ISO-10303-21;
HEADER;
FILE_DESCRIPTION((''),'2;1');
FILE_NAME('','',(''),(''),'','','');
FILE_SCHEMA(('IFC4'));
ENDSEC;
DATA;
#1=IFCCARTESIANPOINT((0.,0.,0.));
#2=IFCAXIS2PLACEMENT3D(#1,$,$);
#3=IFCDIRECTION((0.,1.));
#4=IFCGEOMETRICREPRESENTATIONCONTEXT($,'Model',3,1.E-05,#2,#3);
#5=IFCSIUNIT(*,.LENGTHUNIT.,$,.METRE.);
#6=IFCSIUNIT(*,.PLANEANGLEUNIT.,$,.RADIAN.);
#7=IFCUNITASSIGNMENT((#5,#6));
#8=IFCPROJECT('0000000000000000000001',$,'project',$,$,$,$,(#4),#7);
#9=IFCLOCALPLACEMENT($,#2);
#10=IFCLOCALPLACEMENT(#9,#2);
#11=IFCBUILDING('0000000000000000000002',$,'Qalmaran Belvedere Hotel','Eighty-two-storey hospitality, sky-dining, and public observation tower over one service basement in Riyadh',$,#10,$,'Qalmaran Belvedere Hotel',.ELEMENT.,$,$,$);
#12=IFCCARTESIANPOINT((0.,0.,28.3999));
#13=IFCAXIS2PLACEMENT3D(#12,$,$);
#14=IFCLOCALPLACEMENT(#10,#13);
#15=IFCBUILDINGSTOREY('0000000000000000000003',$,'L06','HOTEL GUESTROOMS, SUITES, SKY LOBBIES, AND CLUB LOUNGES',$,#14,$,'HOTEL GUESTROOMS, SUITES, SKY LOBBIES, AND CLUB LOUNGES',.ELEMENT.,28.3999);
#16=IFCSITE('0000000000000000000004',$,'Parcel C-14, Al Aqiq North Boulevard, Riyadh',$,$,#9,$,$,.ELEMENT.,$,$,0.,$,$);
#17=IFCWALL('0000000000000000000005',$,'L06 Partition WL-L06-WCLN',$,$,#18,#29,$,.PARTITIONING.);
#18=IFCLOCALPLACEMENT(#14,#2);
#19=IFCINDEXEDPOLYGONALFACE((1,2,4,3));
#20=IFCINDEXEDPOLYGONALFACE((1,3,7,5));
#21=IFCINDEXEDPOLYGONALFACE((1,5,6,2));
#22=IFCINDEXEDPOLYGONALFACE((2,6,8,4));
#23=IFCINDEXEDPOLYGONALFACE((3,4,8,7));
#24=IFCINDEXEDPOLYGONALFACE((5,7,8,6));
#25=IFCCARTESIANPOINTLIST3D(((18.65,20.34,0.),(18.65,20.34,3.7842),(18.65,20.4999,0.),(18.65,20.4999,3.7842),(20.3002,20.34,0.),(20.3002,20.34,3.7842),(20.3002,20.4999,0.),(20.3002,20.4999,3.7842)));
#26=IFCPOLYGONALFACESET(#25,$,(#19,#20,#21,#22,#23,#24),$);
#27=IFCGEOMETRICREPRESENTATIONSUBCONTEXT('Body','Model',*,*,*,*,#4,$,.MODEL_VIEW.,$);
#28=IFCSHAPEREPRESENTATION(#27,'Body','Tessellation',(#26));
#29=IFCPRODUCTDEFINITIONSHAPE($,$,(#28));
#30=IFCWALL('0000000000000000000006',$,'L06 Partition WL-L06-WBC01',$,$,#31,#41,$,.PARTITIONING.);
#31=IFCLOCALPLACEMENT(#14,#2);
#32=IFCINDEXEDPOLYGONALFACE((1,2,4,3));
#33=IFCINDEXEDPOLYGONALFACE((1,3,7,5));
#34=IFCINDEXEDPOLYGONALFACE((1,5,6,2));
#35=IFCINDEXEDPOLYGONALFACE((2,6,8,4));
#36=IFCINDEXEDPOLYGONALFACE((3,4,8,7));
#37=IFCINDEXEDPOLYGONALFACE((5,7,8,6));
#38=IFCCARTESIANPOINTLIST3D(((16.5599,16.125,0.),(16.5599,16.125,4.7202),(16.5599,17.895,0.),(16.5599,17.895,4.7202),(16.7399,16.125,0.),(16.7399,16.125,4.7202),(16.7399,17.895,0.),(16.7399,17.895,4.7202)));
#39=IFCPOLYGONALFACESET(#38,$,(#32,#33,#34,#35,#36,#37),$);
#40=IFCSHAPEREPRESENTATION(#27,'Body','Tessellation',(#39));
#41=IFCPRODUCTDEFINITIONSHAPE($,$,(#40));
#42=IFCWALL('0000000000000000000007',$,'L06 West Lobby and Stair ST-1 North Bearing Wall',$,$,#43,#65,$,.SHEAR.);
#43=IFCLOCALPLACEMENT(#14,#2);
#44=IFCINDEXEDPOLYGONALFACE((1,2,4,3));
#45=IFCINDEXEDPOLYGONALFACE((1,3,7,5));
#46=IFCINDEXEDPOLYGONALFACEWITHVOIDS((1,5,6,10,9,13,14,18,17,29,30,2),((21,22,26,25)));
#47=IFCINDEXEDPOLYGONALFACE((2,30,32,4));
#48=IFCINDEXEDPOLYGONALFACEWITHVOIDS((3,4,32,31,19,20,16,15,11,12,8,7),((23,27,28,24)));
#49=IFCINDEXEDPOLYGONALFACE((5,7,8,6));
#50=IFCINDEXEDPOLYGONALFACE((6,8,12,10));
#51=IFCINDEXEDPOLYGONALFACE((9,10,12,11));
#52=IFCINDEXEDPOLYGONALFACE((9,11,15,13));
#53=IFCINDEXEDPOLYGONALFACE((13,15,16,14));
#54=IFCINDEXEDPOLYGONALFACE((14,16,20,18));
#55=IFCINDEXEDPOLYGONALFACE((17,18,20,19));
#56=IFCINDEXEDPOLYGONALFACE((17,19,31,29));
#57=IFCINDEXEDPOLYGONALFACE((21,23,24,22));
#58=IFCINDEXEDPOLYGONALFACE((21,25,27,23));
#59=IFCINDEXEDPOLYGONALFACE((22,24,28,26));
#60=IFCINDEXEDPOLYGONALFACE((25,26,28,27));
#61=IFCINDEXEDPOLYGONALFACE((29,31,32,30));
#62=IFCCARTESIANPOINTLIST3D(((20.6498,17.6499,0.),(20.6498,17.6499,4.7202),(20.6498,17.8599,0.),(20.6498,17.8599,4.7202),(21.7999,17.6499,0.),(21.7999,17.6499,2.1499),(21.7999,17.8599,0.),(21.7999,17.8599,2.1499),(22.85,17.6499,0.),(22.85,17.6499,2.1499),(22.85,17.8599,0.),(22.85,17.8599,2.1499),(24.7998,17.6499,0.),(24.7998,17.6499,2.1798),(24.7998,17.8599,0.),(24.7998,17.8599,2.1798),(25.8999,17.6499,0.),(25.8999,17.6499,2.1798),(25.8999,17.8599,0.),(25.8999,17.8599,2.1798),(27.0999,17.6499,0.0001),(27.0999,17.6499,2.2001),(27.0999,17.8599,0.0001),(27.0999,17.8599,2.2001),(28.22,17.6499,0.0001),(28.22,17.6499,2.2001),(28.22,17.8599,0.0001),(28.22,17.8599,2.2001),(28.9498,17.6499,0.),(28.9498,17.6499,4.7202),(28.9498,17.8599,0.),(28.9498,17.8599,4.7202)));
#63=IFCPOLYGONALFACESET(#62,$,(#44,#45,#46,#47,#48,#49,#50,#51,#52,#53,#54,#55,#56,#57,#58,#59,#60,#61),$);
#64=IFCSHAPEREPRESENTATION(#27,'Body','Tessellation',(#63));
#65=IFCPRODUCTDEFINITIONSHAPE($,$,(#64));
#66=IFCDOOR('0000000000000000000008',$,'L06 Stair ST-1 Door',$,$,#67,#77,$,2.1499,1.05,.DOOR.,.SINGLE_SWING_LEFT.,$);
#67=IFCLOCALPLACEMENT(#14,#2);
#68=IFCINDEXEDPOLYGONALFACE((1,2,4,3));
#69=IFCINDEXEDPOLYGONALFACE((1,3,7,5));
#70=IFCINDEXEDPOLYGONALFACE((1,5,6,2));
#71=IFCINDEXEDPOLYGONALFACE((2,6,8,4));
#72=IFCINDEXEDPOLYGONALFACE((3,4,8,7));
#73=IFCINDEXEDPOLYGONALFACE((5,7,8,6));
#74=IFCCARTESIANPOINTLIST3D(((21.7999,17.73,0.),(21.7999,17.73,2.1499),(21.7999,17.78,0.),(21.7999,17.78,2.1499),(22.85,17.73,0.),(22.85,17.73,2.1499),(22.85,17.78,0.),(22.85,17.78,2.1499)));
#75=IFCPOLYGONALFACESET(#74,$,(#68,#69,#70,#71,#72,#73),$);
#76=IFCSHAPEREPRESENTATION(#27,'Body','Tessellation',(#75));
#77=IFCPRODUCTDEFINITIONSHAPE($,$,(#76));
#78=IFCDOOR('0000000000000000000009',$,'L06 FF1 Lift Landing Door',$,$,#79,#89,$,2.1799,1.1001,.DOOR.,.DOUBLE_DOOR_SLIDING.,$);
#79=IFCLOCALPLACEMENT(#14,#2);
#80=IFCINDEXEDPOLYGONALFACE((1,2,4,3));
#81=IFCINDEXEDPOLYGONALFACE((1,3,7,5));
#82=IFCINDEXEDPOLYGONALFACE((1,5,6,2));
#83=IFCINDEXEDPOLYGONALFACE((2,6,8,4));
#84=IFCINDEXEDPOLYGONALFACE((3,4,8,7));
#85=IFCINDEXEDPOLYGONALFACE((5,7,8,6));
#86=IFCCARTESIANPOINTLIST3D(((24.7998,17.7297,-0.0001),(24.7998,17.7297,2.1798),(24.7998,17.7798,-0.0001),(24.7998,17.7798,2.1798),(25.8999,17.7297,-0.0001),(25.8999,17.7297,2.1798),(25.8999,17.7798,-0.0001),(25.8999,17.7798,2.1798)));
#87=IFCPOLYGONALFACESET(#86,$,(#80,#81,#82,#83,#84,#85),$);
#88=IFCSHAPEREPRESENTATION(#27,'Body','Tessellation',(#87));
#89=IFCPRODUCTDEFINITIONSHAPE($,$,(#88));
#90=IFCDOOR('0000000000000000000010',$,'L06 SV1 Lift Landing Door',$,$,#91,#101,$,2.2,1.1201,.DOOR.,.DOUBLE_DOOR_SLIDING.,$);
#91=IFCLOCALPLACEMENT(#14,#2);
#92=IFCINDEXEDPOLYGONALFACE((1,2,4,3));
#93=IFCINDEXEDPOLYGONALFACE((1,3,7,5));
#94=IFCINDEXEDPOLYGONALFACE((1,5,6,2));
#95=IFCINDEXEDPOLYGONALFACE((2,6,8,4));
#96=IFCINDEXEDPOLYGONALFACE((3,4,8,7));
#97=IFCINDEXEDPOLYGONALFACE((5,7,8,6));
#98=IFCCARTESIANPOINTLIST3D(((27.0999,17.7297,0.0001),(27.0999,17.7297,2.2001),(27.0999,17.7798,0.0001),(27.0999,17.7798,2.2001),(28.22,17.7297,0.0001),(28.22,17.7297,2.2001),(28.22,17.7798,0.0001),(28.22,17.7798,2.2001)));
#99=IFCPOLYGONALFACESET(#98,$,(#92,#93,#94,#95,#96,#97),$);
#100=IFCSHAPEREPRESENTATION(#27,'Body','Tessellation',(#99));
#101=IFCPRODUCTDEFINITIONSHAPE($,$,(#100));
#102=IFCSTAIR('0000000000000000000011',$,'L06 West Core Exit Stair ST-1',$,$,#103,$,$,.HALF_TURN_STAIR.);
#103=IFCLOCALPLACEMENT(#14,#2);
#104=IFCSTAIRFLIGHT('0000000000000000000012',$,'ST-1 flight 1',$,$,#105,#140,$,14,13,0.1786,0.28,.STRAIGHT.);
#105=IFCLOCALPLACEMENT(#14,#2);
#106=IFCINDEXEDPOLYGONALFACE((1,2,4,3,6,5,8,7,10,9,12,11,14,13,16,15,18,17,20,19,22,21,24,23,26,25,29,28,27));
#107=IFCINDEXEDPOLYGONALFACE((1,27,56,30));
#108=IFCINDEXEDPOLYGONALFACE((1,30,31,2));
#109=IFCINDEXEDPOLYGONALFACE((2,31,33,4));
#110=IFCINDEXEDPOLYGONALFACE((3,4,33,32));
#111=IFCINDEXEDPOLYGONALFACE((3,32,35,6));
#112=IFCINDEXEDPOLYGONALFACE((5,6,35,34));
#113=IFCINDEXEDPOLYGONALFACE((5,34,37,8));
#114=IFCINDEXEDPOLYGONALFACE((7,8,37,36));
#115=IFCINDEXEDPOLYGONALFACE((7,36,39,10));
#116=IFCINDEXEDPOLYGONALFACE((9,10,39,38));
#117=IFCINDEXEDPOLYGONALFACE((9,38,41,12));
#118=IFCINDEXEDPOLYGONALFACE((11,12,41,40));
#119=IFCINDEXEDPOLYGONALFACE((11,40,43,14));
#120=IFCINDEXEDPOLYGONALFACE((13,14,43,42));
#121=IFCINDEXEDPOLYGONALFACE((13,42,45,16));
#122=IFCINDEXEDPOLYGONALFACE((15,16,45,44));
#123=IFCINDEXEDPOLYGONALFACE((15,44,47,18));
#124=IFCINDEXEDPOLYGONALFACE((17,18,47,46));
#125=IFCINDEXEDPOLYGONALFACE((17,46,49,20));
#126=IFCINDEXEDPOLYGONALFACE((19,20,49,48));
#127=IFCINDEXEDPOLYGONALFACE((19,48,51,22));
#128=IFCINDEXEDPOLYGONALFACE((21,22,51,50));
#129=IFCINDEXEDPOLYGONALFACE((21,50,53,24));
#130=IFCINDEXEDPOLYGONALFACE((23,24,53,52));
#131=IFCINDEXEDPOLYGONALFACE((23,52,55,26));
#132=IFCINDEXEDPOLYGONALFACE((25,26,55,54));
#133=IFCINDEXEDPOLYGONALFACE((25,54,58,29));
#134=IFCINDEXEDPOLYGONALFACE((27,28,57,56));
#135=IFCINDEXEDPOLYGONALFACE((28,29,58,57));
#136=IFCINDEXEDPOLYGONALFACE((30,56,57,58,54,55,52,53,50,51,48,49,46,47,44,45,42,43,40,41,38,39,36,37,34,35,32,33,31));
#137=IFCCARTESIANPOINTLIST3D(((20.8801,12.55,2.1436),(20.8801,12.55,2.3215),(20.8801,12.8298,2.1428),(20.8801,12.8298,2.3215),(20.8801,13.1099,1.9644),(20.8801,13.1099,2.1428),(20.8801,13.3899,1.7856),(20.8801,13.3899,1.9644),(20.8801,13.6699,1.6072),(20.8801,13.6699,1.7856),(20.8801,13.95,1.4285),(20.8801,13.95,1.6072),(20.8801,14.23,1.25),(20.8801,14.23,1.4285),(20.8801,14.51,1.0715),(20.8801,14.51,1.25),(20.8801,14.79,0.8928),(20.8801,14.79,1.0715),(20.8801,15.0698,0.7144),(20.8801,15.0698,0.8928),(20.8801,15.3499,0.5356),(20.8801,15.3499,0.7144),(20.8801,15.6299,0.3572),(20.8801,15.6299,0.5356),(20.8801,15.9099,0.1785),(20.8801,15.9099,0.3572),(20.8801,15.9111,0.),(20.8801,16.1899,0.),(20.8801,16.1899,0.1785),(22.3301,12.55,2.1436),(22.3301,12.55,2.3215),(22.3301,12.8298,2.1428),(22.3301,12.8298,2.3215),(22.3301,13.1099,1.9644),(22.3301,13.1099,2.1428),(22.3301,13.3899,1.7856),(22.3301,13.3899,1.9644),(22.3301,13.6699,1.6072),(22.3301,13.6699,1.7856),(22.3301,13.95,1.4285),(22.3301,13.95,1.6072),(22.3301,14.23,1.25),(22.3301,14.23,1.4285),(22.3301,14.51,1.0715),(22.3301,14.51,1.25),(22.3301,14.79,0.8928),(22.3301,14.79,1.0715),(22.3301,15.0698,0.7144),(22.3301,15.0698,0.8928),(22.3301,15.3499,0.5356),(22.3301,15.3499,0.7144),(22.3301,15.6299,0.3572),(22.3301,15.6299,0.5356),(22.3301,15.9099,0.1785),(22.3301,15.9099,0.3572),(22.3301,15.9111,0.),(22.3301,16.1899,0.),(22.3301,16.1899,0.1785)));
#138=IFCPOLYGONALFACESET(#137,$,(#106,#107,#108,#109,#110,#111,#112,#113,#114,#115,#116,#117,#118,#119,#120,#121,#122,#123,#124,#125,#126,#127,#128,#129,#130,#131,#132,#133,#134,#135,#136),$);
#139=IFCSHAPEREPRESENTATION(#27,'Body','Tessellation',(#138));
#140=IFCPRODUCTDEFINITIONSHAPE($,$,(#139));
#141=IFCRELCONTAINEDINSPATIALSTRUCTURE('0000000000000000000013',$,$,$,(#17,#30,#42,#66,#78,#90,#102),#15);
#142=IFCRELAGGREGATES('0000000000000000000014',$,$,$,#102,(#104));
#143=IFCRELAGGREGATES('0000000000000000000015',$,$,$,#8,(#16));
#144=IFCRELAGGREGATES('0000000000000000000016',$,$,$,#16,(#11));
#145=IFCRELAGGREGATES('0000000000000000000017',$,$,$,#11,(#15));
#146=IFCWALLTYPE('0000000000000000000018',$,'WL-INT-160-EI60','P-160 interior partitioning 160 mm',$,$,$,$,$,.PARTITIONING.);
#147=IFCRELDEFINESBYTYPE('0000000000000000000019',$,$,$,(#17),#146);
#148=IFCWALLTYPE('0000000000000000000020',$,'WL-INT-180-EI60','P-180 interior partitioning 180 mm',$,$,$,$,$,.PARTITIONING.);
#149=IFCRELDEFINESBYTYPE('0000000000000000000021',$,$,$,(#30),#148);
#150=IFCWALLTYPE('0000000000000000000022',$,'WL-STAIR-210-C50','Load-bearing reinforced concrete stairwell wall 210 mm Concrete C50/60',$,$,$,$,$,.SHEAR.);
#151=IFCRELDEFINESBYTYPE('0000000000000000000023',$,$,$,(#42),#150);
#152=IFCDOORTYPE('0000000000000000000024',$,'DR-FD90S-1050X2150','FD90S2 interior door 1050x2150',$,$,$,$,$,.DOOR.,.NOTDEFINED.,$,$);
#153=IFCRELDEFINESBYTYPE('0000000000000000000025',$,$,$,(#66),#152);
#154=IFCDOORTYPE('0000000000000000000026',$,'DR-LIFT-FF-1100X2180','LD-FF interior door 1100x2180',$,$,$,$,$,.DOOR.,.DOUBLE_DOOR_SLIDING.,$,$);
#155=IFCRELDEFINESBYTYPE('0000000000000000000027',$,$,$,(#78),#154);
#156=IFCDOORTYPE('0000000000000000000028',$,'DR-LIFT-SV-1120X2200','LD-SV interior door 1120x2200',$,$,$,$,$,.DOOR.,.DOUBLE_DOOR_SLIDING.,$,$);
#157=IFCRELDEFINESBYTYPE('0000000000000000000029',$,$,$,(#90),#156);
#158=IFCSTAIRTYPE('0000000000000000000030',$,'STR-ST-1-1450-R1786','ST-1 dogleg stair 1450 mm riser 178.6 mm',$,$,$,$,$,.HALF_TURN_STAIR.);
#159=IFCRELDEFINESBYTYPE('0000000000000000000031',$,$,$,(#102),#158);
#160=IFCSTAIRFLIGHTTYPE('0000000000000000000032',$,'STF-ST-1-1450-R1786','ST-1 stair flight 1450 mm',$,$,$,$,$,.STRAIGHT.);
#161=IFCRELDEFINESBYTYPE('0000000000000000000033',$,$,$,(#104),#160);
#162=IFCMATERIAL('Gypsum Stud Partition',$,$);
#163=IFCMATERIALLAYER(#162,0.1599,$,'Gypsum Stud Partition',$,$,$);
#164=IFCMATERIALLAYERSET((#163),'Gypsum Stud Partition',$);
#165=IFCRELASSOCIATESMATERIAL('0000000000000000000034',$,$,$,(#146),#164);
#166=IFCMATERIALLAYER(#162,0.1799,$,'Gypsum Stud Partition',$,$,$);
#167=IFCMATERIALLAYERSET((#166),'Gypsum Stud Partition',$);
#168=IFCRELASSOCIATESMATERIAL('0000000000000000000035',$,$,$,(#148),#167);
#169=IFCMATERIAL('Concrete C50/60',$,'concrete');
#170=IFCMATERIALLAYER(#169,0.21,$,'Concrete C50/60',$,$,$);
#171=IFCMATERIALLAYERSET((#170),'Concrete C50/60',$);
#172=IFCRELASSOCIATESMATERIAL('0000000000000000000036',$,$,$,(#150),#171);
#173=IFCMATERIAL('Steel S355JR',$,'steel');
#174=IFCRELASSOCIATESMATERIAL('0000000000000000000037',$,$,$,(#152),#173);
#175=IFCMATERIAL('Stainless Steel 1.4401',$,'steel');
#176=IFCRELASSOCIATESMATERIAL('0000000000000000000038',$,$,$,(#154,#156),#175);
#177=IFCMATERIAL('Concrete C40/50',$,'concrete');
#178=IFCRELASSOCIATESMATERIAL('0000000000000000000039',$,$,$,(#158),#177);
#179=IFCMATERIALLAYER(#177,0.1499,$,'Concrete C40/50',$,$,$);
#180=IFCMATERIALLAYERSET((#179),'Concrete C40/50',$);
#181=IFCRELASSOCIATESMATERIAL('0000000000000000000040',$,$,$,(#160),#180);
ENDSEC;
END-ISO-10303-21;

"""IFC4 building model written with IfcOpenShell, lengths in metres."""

from ifc_helpers import new_model, si_unit, direction, frame, frame_2d, origin, place, context, subcontext, project, spatial, polyline, rectangle, outline, extrude, material, layer, layer_set, type_object, element, fill, aggregate, save


model = new_model("IFC4")

# Units and contexts
model_context = context("Model", 3, precision=1e-05, world=origin(), true_north=direction((0.0, 1.0)))
body_context = subcontext(model_context, "Body", "Model", "MODEL_VIEW")
ifc_project = project(units=[si_unit("LENGTHUNIT", "METRE"), si_unit("PLANEANGLEUNIT", "RADIAN")], contexts=[model_context])

# Site, building, storey
site_placement = place(None, origin())
site = spatial("IfcSite", under=ifc_project, at=site_placement, Name="Parcel C-14, Al Aqiq North Boulevard, Riyadh", CompositionType="ELEMENT", RefElevation=0.0)
building_placement = place(site_placement, origin())
building = spatial("IfcBuilding", under=site, at=building_placement, Name="Qalmaran Belvedere Hotel", Description="Eighty-two-storey hospitality, sky-dining, and public observation tower over one service basement in Riyadh", LongName="Qalmaran Belvedere Hotel", CompositionType="ELEMENT")
storey_placement = place(building_placement, frame((0.0, 0.0, 28.3999)))
storey = spatial("IfcBuildingStorey", under=building, at=storey_placement, Name="L06", Description="HOTEL GUESTROOMS, SUITES, SKY LOBBIES, AND CLUB LOUNGES", LongName="HOTEL GUESTROOMS, SUITES, SKY LOBBIES, AND CLUB LOUNGES", CompositionType="ELEMENT", Elevation=28.3999)

# Wall
ifc_material_1 = material(Name="Gypsum Stud Partition")
ifc_layer_1 = layer(ifc_material_1, 0.1599, Name="Gypsum Stud Partition")
ifc_layer_set_1 = layer_set([ifc_layer_1], Name="Gypsum Stud Partition")
wall_type_1 = type_object("IfcWallType", Name="WL-INT-160-EI60", Description="P-160 interior partitioning 160 mm", PredefinedType="PARTITIONING", material=ifc_layer_set_1)
wall_1_placement = place(storey_placement, frame((18.6499, 20.4199, 0.0), z_axis=(0.0, 0.0, 1.0), x_axis=(1.0, 0.0, 0.0)))
element("IfcWall", 1, at=wall_1_placement, inside=storey, type_object=wall_type_1, Name="L06 Partition WL-L06-WCLN", PredefinedType="PARTITIONING", context=body_context, shape_type="SweptSolid", body=[
    extrude(rectangle(XDim=1.6501, YDim=0.1599, at=frame_2d((0.8252, 0.0))), origin(), (0.0, 0.0, 1.0), 3.7842),
])

# Shared definitions
ifc_layer_2 = layer(ifc_material_1, 0.1799, Name="Gypsum Stud Partition")
ifc_layer_set_2 = layer_set([ifc_layer_2], Name="Gypsum Stud Partition")
wall_type_2 = type_object("IfcWallType", Name="WL-INT-180-EI60", Description="P-180 interior partitioning 180 mm", PredefinedType="PARTITIONING", material=ifc_layer_set_2)

# Wall
wall_2_placement = place(storey_placement, frame((16.6499, 16.125, 0.0), z_axis=(0.0, 0.0, 1.0), x_axis=(0.0, 1.0, 0.0)))
element("IfcWall", 2, at=wall_2_placement, inside=storey, type_object=wall_type_2, Name="L06 Partition WL-L06-WBC01", PredefinedType="PARTITIONING", context=body_context, shape_type="SweptSolid", body=[
    extrude(rectangle(XDim=1.77, YDim=0.1799, at=frame_2d((0.885, 0.0))), origin(), (0.0, 0.0, 1.0), 4.7202),
])

# Shared definitions
ifc_material_2 = material(Name="Steel S355JR", Category="steel")

# Wall, openings, doors
ifc_material_3 = material(Name="Concrete C50/60", Category="concrete")
ifc_layer_3 = layer(ifc_material_3, 0.21, Name="Concrete C50/60")
ifc_layer_set_3 = layer_set([ifc_layer_3], Name="Concrete C50/60")
wall_type_3 = type_object("IfcWallType", Name="WL-STAIR-210-C50", Description="Load-bearing reinforced concrete stairwell wall 210 mm Concrete C50/60", PredefinedType="SHEAR", material=ifc_layer_set_3)
wall_3_placement = place(storey_placement, frame((20.6499, 17.7549, 0.0), z_axis=(0.0, 0.0, 1.0), x_axis=(1.0, 0.0, 0.0)))
wall_3 = element("IfcWall", 3, at=wall_3_placement, inside=storey, type_object=wall_type_3, Name="L06 West Lobby and Stair ST-1 North Bearing Wall", PredefinedType="SHEAR", context=body_context, shape_type="SweptSolid", body=[
    extrude(rectangle(XDim=8.3, YDim=0.21, at=frame_2d((4.1499, 0.0))), origin(), (0.0, 0.0, 1.0), 4.7202),
])
opening_1_placement = place(wall_3_placement, frame((2.2, 0.0, 0.0), z_axis=(0.0, 0.0, 1.0), x_axis=(-1.0, 0.0, 0.0)))
opening_1 = element("IfcOpeningElement", 4, at=opening_1_placement, cuts=wall_3, PredefinedType="OPENING", context=body_context, shape_type="SweptSolid", body=[
    extrude(rectangle(XDim=1.05, YDim=2.1499, at=frame_2d((0.5249, 1.075))), frame((0.0, 0.115, 0.0), z_axis=(0.0, -1.0, 0.0), x_axis=(1.0, 0.0, 0.0)), (0.0, 0.0, 1.0), 0.23),
])
opening_2_placement = place(wall_3_placement, frame((4.1499, 0.0, 0.0)))
opening_2 = element("IfcOpeningElement", 5, at=opening_2_placement, cuts=wall_3, PredefinedType="OPENING", context=body_context, shape_type="SweptSolid", body=[
    extrude(rectangle(XDim=1.1001, YDim=2.1799, at=frame_2d((0.55, 1.0898))), frame((0.0, 0.115, 0.0), z_axis=(0.0, -1.0, 0.0), x_axis=(1.0, 0.0, 0.0)), (0.0, 0.0, 1.0), 0.23),
])
opening_3_placement = place(wall_3_placement, frame((6.45, 0.0, 0.0)))
opening_3 = element("IfcOpeningElement", 6, at=opening_3_placement, cuts=wall_3, PredefinedType="OPENING", context=body_context, shape_type="SweptSolid", body=[
    extrude(rectangle(XDim=1.1201, YDim=2.2, at=frame_2d((0.5601, 1.1001))), frame((0.0, 0.115, 0.0), z_axis=(0.0, -1.0, 0.0), x_axis=(1.0, 0.0, 0.0)), (0.0, 0.0, 1.0), 0.23),
])
door_type_1 = type_object("IfcDoorType", Name="DR-FD90S-1050X2150", Description="FD90S2 interior door 1050x2150", OperationType="NOTDEFINED", PredefinedType="DOOR", material=ifc_material_2)
door_1_placement = place(opening_1_placement, origin())
door_1 = element("IfcDoor", 7, at=door_1_placement, inside=storey, type_object=door_type_1, Name="L06 Stair ST-1 Door", OperationType="SINGLE_SWING_LEFT", OverallHeight=2.1499, OverallWidth=1.05, PredefinedType="DOOR", context=body_context, shape_type="SweptSolid", body=[
    extrude(rectangle(XDim=1.05, YDim=2.1499, at=frame_2d((0.5249, 1.075))), frame((0.0, 0.0249, 0.0), z_axis=(0.0, -1.0, 0.0), x_axis=(1.0, 0.0, 0.0)), (0.0, 0.0, 1.0), 0.05),
])
fill(opening_1, door_1)
ifc_material_4 = material(Name="Stainless Steel 1.4401", Category="steel")
door_type_2 = type_object("IfcDoorType", Name="DR-LIFT-FF-1100X2180", Description="LD-FF interior door 1100x2180", OperationType="DOUBLE_DOOR_SLIDING", PredefinedType="DOOR", material=ifc_material_4)
door_2_placement = place(opening_2_placement, origin())
door_2 = element("IfcDoor", 8, at=door_2_placement, inside=storey, type_object=door_type_2, Name="L06 FF1 Lift Landing Door", OperationType="DOUBLE_DOOR_SLIDING", OverallHeight=2.1799, OverallWidth=1.1001, PredefinedType="DOOR", context=body_context, shape_type="SweptSolid", body=[
    extrude(rectangle(XDim=1.1001, YDim=2.1799, at=frame_2d((0.55, 1.0898))), frame((0.0, 0.0249, 0.0), z_axis=(0.0, -1.0, 0.0), x_axis=(1.0, 0.0, 0.0)), (0.0, 0.0, 1.0), 0.05),
])
fill(opening_2, door_2)
door_type_3 = type_object("IfcDoorType", Name="DR-LIFT-SV-1120X2200", Description="LD-SV interior door 1120x2200", OperationType="DOUBLE_DOOR_SLIDING", PredefinedType="DOOR", material=ifc_material_4)
door_3_placement = place(opening_3_placement, origin())
door_3 = element("IfcDoor", 9, at=door_3_placement, inside=storey, type_object=door_type_3, Name="L06 SV1 Lift Landing Door", OperationType="DOUBLE_DOOR_SLIDING", OverallHeight=2.2, OverallWidth=1.1201, PredefinedType="DOOR", context=body_context, shape_type="SweptSolid", body=[
    extrude(rectangle(XDim=1.1201, YDim=2.2, at=frame_2d((0.5601, 1.1001))), frame((0.0, 0.0249, 0.0), z_axis=(0.0, -1.0, 0.0), x_axis=(1.0, 0.0, 0.0)), (0.0, 0.0, 1.0), 0.05),
])
fill(opening_3, door_3)

# Stair, stair flight
ifc_material_5 = material(Name="Concrete C40/50", Category="concrete")
stair_type = type_object("IfcStairType", Name="STR-ST-1-1450-R1786", Description="ST-1 dogleg stair 1450 mm riser 178.6 mm", PredefinedType="HALF_TURN_STAIR", material=ifc_material_5)
stair_placement = place(storey_placement, origin())
stair = element("IfcStair", 10, at=stair_placement, inside=storey, type_object=stair_type, Name="L06 West Core Exit Stair ST-1", PredefinedType="HALF_TURN_STAIR")
ifc_layer_4 = layer(ifc_material_5, 0.1499, Name="Concrete C40/50")
ifc_layer_set_4 = layer_set([ifc_layer_4], Name="Concrete C40/50")
stair_flight_type = type_object("IfcStairFlightType", Name="STF-ST-1-1450-R1786", Description="ST-1 stair flight 1450 mm", PredefinedType="STRAIGHT", material=ifc_layer_set_4)
stair_flight_placement = place(storey_placement, frame((21.605, 16.1899, 0.0), z_axis=(0.0, 0.0, 1.0), x_axis=(0.0, -1.0, 0.0)))
stair_flight = element("IfcStairFlight", 11, at=stair_flight_placement, type_object=stair_flight_type, Name="ST-1 flight 1", NumberOfRisers=14, NumberOfTreads=13, PredefinedType="STRAIGHT", RiserHeight=0.1786, TreadLength=0.28, context=body_context, shape_type="SweptSolid", body=[
    extrude(outline(polyline([(0.0, 0.0), (0.0, 0.1785), (0.28, 0.1785), (0.28, 0.3572), (0.5601, 0.3572), (0.5601, 0.5356), (0.8401, 0.5356), (0.8401, 0.7144), (1.1201, 0.7144), (1.1201, 0.8928), (1.3999, 0.8928), (1.3999, 1.0715), (1.6799, 1.0715), (1.6799, 1.25), (1.96, 1.25), (1.96, 1.4285), (2.24, 1.4285), (2.24, 1.6072), (2.52, 1.6072), (2.52, 1.7856), (2.8, 1.7856), (2.8, 1.9644), (3.0801, 1.9644), (3.0801, 2.1428), (3.3601, 2.1428), (3.3601, 2.3215), (3.6399, 2.3215), (3.6399, 2.5), (3.6399, 2.1436), (0.2788, 0.0), (0.0, 0.0)])), frame((0.0, 0.7251, 0.0), z_axis=(0.0, -1.0, 0.0), x_axis=(1.0, 0.0, 0.0)), (0.0, 0.0, 1.0), 1.45),
])
aggregate(stair, [stair_flight])

save(model, "model.ifc")
